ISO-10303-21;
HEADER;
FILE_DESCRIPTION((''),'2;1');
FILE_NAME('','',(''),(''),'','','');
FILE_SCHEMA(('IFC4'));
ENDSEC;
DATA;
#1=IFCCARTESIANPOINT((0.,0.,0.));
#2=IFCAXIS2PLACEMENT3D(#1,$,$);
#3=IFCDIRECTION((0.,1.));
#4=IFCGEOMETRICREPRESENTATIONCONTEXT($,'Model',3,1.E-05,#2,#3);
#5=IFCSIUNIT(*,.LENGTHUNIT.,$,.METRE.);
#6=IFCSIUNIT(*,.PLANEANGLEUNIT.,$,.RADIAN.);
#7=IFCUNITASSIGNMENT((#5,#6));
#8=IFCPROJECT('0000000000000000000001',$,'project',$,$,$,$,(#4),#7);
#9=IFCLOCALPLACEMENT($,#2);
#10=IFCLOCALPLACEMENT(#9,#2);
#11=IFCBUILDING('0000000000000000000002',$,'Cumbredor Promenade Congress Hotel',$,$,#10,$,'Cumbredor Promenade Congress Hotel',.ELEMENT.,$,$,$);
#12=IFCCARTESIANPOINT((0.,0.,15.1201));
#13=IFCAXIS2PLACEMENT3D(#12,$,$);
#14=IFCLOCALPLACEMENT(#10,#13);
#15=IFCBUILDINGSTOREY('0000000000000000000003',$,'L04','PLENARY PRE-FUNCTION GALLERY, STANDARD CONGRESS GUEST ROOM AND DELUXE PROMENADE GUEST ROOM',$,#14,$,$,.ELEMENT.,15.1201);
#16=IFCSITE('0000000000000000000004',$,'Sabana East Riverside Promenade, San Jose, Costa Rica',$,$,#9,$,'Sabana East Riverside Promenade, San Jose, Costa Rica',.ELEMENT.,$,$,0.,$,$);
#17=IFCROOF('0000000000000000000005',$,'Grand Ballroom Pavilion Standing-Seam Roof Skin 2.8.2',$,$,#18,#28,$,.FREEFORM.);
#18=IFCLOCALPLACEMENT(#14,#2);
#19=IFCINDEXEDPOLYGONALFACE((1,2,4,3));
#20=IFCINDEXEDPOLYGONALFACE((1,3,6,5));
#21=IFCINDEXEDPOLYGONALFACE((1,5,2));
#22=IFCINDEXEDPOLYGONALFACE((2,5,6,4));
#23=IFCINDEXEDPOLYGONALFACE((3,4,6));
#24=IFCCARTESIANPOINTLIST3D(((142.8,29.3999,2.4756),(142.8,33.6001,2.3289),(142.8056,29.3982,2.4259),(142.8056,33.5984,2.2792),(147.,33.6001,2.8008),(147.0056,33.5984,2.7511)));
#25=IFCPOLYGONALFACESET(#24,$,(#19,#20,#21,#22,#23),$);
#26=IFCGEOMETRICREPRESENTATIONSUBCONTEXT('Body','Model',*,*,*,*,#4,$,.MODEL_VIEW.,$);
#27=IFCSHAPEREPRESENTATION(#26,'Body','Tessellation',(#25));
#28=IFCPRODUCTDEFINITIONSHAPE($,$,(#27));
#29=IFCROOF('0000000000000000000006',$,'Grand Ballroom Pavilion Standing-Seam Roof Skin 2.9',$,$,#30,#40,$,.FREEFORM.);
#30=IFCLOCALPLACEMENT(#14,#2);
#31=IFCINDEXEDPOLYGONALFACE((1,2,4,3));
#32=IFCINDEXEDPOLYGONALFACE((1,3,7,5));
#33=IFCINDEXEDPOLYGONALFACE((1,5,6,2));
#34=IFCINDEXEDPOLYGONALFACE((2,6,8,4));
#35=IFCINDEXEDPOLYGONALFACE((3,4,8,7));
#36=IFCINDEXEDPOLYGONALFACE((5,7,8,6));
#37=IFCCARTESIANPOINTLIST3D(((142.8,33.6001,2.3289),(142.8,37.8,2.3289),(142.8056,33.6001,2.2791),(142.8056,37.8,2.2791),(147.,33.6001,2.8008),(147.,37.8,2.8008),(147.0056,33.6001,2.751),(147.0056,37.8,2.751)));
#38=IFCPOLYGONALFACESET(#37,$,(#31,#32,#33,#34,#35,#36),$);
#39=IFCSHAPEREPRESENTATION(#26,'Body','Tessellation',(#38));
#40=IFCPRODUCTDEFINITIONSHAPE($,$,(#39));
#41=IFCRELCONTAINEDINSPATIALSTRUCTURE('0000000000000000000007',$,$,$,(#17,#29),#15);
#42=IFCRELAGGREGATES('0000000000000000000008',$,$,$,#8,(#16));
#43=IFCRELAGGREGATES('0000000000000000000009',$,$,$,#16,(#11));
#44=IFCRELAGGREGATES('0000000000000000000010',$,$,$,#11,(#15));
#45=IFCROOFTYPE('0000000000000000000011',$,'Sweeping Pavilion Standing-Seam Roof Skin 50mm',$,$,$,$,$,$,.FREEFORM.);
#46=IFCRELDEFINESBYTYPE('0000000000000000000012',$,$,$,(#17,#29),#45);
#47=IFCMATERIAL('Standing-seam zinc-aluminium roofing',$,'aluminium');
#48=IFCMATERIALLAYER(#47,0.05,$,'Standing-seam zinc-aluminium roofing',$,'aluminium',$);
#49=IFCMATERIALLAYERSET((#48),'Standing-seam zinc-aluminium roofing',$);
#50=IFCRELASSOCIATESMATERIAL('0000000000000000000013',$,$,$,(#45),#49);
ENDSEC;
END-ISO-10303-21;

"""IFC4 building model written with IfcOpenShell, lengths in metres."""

from ifc_helpers import new_model, si_unit, direction, frame, origin, place, context, subcontext, project, spatial, polyline, outline, extrude, material, layer, layer_set, type_object, element, save


model = new_model("IFC4")

# Units and contexts
model_context = context("Model", 3, precision=1e-05, world=origin(), true_north=direction((0.0, 1.0)))
body_context = subcontext(model_context, "Body", "Model", "MODEL_VIEW")
ifc_project = project(units=[si_unit("LENGTHUNIT", "METRE"), si_unit("PLANEANGLEUNIT", "RADIAN")], contexts=[model_context])

# Site, building, storey
site_placement = place(None, origin())
site = spatial("IfcSite", under=ifc_project, at=site_placement, Name="Sabana East Riverside Promenade, San Jose, Costa Rica", LongName="Sabana East Riverside Promenade, San Jose, Costa Rica", CompositionType="ELEMENT", RefElevation=0.0)
building_placement = place(site_placement, origin())
building = spatial("IfcBuilding", under=site, at=building_placement, Name="Cumbredor Promenade Congress Hotel", LongName="Cumbredor Promenade Congress Hotel", CompositionType="ELEMENT")
storey_placement = place(building_placement, frame((0.0, 0.0, 15.1201)))
storey = spatial("IfcBuildingStorey", under=building, at=storey_placement, Name="L04", Description="PLENARY PRE-FUNCTION GALLERY, STANDARD CONGRESS GUEST ROOM AND DELUXE PROMENADE GUEST ROOM", CompositionType="ELEMENT", Elevation=15.1201)

# Roofs
ifc_material_1 = material(Name="Standing-seam zinc-aluminium roofing", Category="aluminium")
ifc_layer_1 = layer(ifc_material_1, 0.05, Name="Standing-seam zinc-aluminium roofing", Category="aluminium")
ifc_layer_set_1 = layer_set([ifc_layer_1], Name="Standing-seam zinc-aluminium roofing")
roof_type = type_object("IfcRoofType", Name="Sweeping Pavilion Standing-Seam Roof Skin 50mm", PredefinedType="FREEFORM", material=ifc_layer_set_1)
roof_1_placement = place(storey_placement, frame((142.8, 29.3999, 2.4756), z_axis=(-0.111594, 0.034694, 0.993148), x_axis=(0.706029, 0.70607, 0.054667)))
element("IfcRoof", 1, at=roof_1_placement, inside=storey, type_object=roof_type, Name="Grand Ballroom Pavilion Standing-Seam Roof Skin 2.8.2", PredefinedType="FREEFORM", context=body_context, shape_type="SweptSolid", body=[
    extrude(outline(polyline([(0.0, 0.0), (5.9487, 0.0), (2.9576, 2.9859), (0.0, 0.0)])), origin(), (0.0, 0.0, -1.0), 0.05),
])
roof_2_placement = place(storey_placement, frame((142.8, 33.6001, 2.3289), z_axis=(-0.111661, 0.0, 0.993746), x_axis=(0.993746, 0.0, 0.111661)))
element("IfcRoof", 2, at=roof_2_placement, inside=storey, type_object=roof_type, Name="Grand Ballroom Pavilion Standing-Seam Roof Skin 2.9", PredefinedType="FREEFORM", context=body_context, shape_type="SweptSolid", body=[
    extrude(outline(polyline([(0.0, 0.0), (4.2264, 0.0), (4.2264, 4.2), (0.0, 4.2), (0.0, 0.0)])), origin(), (0.0, 0.0, -1.0), 0.05),
])

save(model, "model.ifc")
